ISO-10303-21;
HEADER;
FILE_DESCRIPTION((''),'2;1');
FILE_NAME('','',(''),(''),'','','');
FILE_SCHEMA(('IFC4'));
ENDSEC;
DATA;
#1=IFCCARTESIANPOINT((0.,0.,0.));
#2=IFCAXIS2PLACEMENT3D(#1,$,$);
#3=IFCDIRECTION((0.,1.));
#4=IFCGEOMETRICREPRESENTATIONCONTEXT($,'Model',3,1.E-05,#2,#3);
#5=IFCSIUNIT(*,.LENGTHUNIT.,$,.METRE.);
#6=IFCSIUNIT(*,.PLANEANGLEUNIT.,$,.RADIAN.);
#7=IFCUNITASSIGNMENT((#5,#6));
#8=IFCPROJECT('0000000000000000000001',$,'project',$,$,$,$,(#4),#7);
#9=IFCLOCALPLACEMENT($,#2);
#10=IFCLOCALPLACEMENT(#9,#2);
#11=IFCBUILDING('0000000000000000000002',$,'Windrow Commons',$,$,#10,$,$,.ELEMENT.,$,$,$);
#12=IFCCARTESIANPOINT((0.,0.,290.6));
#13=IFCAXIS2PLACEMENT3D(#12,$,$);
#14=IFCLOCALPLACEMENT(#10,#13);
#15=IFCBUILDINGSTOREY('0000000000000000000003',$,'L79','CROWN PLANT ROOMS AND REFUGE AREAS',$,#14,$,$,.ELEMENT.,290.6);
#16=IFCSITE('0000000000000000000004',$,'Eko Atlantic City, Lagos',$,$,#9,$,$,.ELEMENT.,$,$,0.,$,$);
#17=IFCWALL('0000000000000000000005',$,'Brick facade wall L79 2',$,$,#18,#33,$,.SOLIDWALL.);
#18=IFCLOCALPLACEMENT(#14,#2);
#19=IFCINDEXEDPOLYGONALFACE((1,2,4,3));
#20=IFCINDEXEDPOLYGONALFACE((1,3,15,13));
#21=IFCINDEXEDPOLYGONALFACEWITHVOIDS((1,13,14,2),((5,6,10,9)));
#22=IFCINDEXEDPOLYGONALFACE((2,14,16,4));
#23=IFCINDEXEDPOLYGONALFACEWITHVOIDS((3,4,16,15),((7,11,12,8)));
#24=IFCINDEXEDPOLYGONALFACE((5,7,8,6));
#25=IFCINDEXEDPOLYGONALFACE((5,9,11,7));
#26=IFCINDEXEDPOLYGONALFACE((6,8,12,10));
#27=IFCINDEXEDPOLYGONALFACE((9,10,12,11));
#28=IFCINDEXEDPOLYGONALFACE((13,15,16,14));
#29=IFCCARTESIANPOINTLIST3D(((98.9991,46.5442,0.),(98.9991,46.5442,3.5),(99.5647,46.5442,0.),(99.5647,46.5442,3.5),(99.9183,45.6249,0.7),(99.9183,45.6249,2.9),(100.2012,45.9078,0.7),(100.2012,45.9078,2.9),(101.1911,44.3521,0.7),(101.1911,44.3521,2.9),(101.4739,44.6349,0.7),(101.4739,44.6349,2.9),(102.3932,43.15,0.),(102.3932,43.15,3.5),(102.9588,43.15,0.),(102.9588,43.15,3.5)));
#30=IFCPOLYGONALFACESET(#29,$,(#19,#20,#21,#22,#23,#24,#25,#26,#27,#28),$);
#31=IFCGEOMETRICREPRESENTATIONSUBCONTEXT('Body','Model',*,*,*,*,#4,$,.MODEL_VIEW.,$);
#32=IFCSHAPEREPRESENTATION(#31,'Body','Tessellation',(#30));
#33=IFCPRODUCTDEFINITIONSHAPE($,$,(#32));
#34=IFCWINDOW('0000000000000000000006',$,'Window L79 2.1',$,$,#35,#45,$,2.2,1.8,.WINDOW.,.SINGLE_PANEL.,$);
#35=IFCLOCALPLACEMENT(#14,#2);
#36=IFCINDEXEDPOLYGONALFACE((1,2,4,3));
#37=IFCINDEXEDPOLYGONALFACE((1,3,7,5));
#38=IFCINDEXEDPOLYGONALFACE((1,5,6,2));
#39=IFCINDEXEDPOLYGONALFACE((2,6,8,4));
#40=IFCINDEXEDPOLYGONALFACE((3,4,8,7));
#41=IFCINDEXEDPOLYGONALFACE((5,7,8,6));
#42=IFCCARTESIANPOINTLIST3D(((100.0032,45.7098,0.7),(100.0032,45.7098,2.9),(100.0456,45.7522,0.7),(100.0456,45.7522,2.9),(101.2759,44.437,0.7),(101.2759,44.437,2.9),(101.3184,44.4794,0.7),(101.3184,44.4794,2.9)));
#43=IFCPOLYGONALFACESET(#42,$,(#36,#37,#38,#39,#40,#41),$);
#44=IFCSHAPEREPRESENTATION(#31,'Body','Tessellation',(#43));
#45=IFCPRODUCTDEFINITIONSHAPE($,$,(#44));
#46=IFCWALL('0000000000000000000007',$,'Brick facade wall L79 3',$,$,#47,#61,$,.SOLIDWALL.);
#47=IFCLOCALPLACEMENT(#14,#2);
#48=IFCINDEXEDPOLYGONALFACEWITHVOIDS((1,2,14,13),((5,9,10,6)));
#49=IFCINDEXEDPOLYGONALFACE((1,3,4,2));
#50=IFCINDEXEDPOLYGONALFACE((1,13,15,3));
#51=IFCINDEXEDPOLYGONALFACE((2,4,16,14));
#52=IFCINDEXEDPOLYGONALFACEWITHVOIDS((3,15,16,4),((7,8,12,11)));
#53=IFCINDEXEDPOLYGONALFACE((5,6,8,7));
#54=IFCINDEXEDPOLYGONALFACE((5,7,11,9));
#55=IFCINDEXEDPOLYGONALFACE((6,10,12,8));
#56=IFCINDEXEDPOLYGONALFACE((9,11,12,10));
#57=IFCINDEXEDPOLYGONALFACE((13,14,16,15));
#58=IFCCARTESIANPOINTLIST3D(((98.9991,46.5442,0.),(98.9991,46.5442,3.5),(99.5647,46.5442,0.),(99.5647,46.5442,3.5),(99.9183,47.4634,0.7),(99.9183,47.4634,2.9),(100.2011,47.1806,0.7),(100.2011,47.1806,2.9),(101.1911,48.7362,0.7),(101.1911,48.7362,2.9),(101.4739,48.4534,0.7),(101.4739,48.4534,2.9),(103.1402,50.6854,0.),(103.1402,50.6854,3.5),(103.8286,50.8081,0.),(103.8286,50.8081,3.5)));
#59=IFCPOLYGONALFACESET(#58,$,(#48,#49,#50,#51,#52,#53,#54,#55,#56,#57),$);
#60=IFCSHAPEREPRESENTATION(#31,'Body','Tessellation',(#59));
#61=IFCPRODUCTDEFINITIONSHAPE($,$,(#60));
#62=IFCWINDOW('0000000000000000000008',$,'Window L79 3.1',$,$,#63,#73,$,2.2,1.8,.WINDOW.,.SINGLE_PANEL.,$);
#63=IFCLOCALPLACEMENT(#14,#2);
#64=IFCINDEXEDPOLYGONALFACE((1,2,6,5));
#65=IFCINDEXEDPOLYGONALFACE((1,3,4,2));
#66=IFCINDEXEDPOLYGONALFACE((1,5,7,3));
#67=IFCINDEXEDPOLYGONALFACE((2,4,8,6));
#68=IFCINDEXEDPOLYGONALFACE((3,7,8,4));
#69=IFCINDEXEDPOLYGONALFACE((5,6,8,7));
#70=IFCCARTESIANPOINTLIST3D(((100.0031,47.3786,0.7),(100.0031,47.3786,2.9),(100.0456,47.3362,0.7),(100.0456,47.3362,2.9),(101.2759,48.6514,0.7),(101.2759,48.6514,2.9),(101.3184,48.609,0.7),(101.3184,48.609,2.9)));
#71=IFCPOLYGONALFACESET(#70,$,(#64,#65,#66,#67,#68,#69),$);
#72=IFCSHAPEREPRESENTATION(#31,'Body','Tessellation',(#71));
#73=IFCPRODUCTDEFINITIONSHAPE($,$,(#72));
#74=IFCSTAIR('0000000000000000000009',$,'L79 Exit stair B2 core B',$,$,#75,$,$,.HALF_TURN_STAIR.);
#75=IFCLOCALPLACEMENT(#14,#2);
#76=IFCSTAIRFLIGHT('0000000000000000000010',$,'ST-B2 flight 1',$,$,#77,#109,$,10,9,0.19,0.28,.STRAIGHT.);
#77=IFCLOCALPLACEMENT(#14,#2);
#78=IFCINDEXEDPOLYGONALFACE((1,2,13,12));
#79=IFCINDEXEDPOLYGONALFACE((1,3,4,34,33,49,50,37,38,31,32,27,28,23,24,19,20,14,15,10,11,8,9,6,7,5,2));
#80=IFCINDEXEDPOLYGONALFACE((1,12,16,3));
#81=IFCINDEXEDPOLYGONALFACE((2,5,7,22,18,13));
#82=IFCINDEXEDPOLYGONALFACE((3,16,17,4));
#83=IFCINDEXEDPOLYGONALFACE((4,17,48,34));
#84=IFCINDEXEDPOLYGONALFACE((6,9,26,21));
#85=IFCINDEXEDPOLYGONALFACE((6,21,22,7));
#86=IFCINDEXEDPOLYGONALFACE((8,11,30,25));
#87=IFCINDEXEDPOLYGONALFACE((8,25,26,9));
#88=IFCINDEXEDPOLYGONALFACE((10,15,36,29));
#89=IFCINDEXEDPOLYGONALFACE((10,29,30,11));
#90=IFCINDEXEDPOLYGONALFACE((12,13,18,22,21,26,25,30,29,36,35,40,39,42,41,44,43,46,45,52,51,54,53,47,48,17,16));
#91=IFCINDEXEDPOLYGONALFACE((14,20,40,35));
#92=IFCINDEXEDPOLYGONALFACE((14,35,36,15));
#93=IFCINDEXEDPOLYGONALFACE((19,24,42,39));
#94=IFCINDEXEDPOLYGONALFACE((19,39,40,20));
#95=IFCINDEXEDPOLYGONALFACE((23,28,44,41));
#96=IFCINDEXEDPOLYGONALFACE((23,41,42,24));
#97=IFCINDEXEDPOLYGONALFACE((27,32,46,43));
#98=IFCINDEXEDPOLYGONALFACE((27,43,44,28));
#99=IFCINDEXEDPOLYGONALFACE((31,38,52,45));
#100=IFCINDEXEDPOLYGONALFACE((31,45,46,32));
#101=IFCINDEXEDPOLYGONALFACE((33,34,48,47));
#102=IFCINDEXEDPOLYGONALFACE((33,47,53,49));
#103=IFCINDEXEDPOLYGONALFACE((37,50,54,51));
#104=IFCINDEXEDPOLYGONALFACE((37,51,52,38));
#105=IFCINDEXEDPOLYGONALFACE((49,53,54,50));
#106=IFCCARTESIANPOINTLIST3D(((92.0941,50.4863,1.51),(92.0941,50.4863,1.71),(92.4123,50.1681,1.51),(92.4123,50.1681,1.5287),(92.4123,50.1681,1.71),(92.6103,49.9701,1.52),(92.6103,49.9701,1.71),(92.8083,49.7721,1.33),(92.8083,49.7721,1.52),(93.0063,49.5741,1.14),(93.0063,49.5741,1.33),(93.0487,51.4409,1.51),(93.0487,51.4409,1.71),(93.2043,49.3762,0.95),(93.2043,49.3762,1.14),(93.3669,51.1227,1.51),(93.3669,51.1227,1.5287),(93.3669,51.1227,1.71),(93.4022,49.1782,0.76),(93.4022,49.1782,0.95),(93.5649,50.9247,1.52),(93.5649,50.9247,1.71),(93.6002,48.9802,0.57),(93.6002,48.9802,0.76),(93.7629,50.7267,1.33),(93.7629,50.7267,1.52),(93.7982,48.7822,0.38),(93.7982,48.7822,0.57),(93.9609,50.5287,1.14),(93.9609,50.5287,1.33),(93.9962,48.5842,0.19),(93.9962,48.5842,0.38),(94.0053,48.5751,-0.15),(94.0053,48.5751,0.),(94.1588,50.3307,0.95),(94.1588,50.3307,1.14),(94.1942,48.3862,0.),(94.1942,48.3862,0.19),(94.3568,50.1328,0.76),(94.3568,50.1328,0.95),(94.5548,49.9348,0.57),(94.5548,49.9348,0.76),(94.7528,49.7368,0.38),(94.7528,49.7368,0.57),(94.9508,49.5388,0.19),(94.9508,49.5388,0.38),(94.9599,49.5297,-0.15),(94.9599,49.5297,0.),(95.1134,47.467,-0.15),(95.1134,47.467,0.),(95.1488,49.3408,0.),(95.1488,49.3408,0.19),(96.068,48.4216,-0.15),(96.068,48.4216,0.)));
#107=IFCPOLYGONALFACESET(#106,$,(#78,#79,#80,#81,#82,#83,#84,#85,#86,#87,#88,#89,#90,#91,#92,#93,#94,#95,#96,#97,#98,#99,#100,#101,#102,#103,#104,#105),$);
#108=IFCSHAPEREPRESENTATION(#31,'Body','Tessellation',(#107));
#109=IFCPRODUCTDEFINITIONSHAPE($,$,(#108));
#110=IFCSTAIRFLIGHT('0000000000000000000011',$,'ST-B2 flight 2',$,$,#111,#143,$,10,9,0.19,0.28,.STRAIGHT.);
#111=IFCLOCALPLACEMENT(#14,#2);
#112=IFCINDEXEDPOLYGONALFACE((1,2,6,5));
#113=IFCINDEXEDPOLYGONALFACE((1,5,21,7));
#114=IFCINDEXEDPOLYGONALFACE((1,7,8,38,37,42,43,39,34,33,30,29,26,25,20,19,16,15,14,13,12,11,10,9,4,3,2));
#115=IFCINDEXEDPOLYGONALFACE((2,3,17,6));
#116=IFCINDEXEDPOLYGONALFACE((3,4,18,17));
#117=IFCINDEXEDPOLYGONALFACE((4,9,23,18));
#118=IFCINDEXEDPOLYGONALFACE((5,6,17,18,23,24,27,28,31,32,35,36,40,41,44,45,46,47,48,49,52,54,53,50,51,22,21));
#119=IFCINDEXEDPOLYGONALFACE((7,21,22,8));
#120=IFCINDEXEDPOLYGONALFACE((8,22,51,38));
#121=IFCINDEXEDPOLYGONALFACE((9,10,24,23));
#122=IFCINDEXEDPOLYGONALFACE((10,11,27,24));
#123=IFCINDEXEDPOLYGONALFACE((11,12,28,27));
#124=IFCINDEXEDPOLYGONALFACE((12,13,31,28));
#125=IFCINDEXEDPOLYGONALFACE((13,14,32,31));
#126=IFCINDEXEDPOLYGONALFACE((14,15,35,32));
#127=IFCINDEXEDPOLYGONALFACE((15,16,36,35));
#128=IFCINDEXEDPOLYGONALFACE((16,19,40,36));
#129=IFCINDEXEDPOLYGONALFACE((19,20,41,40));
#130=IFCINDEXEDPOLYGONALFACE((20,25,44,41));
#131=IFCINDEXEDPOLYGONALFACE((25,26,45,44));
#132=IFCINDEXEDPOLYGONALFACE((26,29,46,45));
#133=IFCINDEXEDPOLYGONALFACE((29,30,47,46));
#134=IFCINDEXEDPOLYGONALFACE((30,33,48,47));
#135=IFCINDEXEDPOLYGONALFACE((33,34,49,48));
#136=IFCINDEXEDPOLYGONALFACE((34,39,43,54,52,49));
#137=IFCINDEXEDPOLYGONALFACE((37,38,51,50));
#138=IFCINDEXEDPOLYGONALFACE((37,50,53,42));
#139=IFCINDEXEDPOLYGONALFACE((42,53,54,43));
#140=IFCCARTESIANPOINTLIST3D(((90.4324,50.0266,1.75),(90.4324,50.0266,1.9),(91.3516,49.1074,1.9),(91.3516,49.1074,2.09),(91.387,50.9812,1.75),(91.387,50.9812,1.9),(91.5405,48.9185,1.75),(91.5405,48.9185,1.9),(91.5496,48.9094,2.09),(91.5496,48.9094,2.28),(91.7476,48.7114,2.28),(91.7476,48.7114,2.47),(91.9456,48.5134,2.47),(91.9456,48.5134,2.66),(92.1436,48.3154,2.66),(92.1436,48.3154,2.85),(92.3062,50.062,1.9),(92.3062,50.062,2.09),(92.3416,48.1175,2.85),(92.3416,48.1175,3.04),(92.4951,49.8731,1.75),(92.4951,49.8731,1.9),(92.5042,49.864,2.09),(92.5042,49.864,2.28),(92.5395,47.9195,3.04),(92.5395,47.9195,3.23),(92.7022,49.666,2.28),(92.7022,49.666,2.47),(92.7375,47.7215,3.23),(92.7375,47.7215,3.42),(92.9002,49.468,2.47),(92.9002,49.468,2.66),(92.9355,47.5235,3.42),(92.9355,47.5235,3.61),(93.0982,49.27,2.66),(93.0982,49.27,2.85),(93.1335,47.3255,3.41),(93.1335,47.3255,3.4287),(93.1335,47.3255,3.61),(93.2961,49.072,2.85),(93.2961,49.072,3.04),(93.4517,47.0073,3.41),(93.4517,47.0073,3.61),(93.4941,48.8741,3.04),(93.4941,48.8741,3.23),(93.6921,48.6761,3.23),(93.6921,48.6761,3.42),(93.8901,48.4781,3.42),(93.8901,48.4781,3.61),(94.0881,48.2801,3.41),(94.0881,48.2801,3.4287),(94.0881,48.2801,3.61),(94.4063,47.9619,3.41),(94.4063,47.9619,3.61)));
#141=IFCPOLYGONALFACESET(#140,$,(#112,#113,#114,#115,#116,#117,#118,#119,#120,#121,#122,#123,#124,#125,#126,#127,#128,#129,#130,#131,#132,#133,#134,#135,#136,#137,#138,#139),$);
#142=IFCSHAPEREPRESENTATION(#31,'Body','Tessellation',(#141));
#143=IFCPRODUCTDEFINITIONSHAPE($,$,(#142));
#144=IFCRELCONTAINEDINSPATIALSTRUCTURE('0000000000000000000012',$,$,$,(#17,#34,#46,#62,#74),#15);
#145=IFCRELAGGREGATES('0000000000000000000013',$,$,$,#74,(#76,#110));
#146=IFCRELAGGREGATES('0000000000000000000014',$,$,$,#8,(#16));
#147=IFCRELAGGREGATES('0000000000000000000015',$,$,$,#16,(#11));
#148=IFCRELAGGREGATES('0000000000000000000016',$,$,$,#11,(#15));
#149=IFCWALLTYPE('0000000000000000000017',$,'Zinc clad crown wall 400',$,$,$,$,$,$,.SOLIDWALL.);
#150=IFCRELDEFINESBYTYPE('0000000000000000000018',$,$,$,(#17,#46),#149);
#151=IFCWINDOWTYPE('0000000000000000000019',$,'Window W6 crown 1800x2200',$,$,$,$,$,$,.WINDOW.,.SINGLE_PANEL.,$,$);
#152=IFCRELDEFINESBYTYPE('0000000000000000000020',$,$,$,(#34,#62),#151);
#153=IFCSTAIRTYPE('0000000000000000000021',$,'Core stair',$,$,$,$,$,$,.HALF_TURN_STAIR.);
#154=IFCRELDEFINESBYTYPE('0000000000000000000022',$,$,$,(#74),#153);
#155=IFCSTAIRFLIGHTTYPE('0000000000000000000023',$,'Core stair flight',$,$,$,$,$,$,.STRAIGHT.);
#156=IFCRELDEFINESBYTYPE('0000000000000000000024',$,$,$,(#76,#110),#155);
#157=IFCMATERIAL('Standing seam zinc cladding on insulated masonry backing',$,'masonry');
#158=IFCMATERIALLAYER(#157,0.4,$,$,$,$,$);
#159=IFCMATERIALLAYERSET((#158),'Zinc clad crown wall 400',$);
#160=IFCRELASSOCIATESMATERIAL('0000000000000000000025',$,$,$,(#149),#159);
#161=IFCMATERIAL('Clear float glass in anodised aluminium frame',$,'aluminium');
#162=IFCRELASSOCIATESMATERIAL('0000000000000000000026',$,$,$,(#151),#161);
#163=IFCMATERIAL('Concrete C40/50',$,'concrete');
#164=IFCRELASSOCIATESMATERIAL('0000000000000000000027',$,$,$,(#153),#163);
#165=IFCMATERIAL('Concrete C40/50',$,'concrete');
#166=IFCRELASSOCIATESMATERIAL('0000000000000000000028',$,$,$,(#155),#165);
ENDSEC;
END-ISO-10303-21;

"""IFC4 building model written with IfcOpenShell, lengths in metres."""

from ifc_helpers import new_model, si_unit, direction, frame, frame_2d, origin, place, context, subcontext, project, spatial, polyline, rectangle, outline, extrude, material, layer, layer_set, type_object, element, fill, aggregate, save


model = new_model("IFC4")

# Units and contexts
model_context = context("Model", 3, precision=1e-05, world=origin(), true_north=direction((0.0, 1.0)))
body_context = subcontext(model_context, "Body", "Model", "MODEL_VIEW")
ifc_project = project(units=[si_unit("LENGTHUNIT", "METRE"), si_unit("PLANEANGLEUNIT", "RADIAN")], contexts=[model_context])

# Site, building, storey
site_placement = place(None, origin())
site = spatial("IfcSite", under=ifc_project, at=site_placement, Name="Eko Atlantic City, Lagos", CompositionType="ELEMENT", RefElevation=0.0)
building_placement = place(site_placement, origin())
building = spatial("IfcBuilding", under=site, at=building_placement, Name="Windrow Commons", CompositionType="ELEMENT")
storey_placement = place(building_placement, frame((0.0, 0.0, 290.6)))
storey = spatial("IfcBuildingStorey", under=building, at=storey_placement, Name="L79", Description="CROWN PLANT ROOMS AND REFUGE AREAS", CompositionType="ELEMENT", Elevation=290.6)

# Walls, openings, windows
ifc_material_1 = material(Name="Standing seam zinc cladding on insulated masonry backing", Category="masonry")
ifc_layer_1 = layer(ifc_material_1, 0.4)
ifc_layer_set_1 = layer_set([ifc_layer_1], Name="Zinc clad crown wall 400")
wall_type_1 = type_object("IfcWallType", Name="Zinc clad crown wall 400", PredefinedType="SOLIDWALL", material=ifc_layer_set_1)
wall_1_placement = place(storey_placement, frame((102.676, 43.15, 0.0), z_axis=(0.0, 0.0, 1.0), x_axis=(-0.707096, 0.707117, 0.0)))
wall_1 = element("IfcWall", 1, at=wall_1_placement, inside=storey, type_object=wall_type_1, Name="Brick facade wall L79 2", PredefinedType="SOLIDWALL", context=body_context, shape_type="SweptSolid", body=[
    extrude(outline(polyline([(-0.2, -0.2), (4.6001, -0.2), (5.0, 0.2), (0.2, 0.2), (-0.2, -0.2)])), origin(), (0.0, 0.0, 1.0), 3.5),
])
opening_1_placement = place(wall_1_placement, frame((1.9, 0.0, 0.7)))
opening_1 = element("IfcOpeningElement", 2, at=opening_1_placement, cuts=wall_1, PredefinedType="OPENING", context=body_context, shape_type="SweptSolid", body=[
    extrude(rectangle(XDim=1.8, YDim=2.2, at=frame_2d((0.9, 1.1))), frame((0.0, 0.21, 0.0), z_axis=(0.0, -1.0, 0.0), x_axis=(1.0, 0.0, 0.0)), (0.0, 0.0, 1.0), 0.42),
])
ifc_material_2 = material(Name="Clear float glass in anodised aluminium frame", Category="aluminium")
window_type = type_object("IfcWindowType", Name="Window W6 crown 1800x2200", PartitioningType="SINGLE_PANEL", PredefinedType="WINDOW", material=ifc_material_2)
window_1_placement = place(opening_1_placement, origin())
window_1 = element("IfcWindow", 3, at=window_1_placement, inside=storey, type_object=window_type, Name="Window L79 2.1", OverallHeight=2.2, OverallWidth=1.8, PartitioningType="SINGLE_PANEL", PredefinedType="WINDOW", context=body_context, shape_type="SweptSolid", body=[
    extrude(rectangle(XDim=1.8, YDim=2.2, at=frame_2d((0.9, 1.1))), frame((0.0, 0.08, 0.0), z_axis=(0.0, -1.0, 0.0), x_axis=(1.0, 0.0, 0.0)), (0.0, 0.0, 1.0), 0.06),
])
fill(opening_1, window_1)
wall_2_placement = place(storey_placement, frame((99.2819, 46.5442, 0.0), z_axis=(0.0, 0.0, 1.0), x_axis=(0.707107, 0.707107, 0.0)))
wall_2 = element("IfcWall", 4, at=wall_2_placement, inside=storey, type_object=wall_type_1, Name="Brick facade wall L79 3", PredefinedType="SOLIDWALL", context=body_context, shape_type="SweptSolid", body=[
    extrude(outline(polyline([(0.2, -0.2), (6.23, -0.2), (5.6565, 0.2), (-0.2, 0.2), (0.2, -0.2)])), origin(), (0.0, 0.0, 1.0), 3.5),
])
opening_2_placement = place(wall_2_placement, frame((1.1, 0.0, 0.7)))
opening_2 = element("IfcOpeningElement", 5, at=opening_2_placement, cuts=wall_2, PredefinedType="OPENING", context=body_context, shape_type="SweptSolid", body=[
    extrude(rectangle(XDim=1.8, YDim=2.2, at=frame_2d((0.9, 1.1))), frame((0.0, 0.21, 0.0), z_axis=(0.0, -1.0, 0.0), x_axis=(1.0, 0.0, 0.0)), (0.0, 0.0, 1.0), 0.42),
])
window_2_placement = place(opening_2_placement, origin())
window_2 = element("IfcWindow", 6, at=window_2_placement, inside=storey, type_object=window_type, Name="Window L79 3.1", OverallHeight=2.2, OverallWidth=1.8, PartitioningType="SINGLE_PANEL", PredefinedType="WINDOW", context=body_context, shape_type="SweptSolid", body=[
    extrude(rectangle(XDim=1.8, YDim=2.2, at=frame_2d((0.9, 1.1))), frame((0.0, 0.08, 0.0), z_axis=(0.0, -1.0, 0.0), x_axis=(1.0, 0.0, 0.0)), (0.0, 0.0, 1.0), 0.06),
])
fill(opening_2, window_2)

# Stair, stair flights
ifc_material_3 = material(Name="Concrete C40/50", Category="concrete")
stair_type = type_object("IfcStairType", Name="Core stair", PredefinedType="HALF_TURN_STAIR", material=ifc_material_3)
stair_placement = place(storey_placement, origin())
stair = element("IfcStair", 7, at=stair_placement, inside=storey, type_object=stair_type, Name="L79 Exit stair B2 core B", PredefinedType="HALF_TURN_STAIR")
ifc_material_4 = material(Name="Concrete C40/50", Category="concrete")
stair_flight_type = type_object("IfcStairFlightType", Name="Core stair flight", PredefinedType="STRAIGHT", material=ifc_material_4)
stair_flight_1_placement = place(storey_placement, frame((94.6715, 48.8635, 0.0), z_axis=(0.0, 0.0, 1.0), x_axis=(-0.707107, 0.707107, 0.0)))
stair_flight_1 = element("IfcStairFlight", 8, at=stair_flight_1_placement, type_object=stair_flight_type, Name="ST-B2 flight 1", NumberOfRisers=10, NumberOfTreads=9, PredefinedType="STRAIGHT", RiserHeight=0.19, TreadLength=0.28, context=body_context, shape_type="SweptSolid", body=[
    extrude(outline(polyline([(-1.3, -0.15), (-1.3, 0.0), (0.0, 0.0), (0.0, 0.19), (0.28, 0.19), (0.28, 0.38), (0.56, 0.38), (0.56, 0.57), (0.84, 0.57), (0.84, 0.76), (1.12, 0.76), (1.12, 0.95), (1.4, 0.95), (1.4, 1.14), (1.68, 1.14), (1.68, 1.33), (1.96, 1.33), (1.96, 1.52), (2.24, 1.52), (2.24, 1.71), (2.52, 1.71), (2.97, 1.71), (2.97, 1.51), (2.52, 1.51), (2.52, 1.5287), (0.2671, 0.0), (0.2671, -0.15), (-1.3, -0.15)])), frame((0.0, 0.675, 0.0), z_axis=(0.0, -1.0, 0.0), x_axis=(1.0, 0.0, 0.0)), (0.0, 0.0, 1.0), 1.35),
])
stair_flight_2_placement = place(storey_placement, frame((91.8289, 49.5847, 1.9), z_axis=(0.0, 0.0, 1.0), x_axis=(0.707107, -0.707107, 0.0)))
stair_flight_2 = element("IfcStairFlight", 9, at=stair_flight_2_placement, type_object=stair_flight_type, Name="ST-B2 flight 2", NumberOfRisers=10, NumberOfTreads=9, PredefinedType="STRAIGHT", RiserHeight=0.19, TreadLength=0.28, context=body_context, shape_type="SweptSolid", body=[
    extrude(outline(polyline([(-1.3, -0.15), (-1.3, 0.0), (0.0, 0.0), (0.0, 0.19), (0.28, 0.19), (0.28, 0.38), (0.56, 0.38), (0.56, 0.57), (0.84, 0.57), (0.84, 0.76), (1.12, 0.76), (1.12, 0.95), (1.4, 0.95), (1.4, 1.14), (1.68, 1.14), (1.68, 1.33), (1.96, 1.33), (1.96, 1.52), (2.24, 1.52), (2.24, 1.71), (2.52, 1.71), (2.97, 1.71), (2.97, 1.51), (2.52, 1.51), (2.52, 1.5287), (0.2671, 0.0), (0.2671, -0.15), (-1.3, -0.15)])), frame((0.0, 0.675, 0.0), z_axis=(0.0, -1.0, 0.0), x_axis=(1.0, 0.0, 0.0)), (0.0, 0.0, 1.0), 1.35),
])
aggregate(stair, [stair_flight_1, stair_flight_2])

save(model, "model.ifc")
